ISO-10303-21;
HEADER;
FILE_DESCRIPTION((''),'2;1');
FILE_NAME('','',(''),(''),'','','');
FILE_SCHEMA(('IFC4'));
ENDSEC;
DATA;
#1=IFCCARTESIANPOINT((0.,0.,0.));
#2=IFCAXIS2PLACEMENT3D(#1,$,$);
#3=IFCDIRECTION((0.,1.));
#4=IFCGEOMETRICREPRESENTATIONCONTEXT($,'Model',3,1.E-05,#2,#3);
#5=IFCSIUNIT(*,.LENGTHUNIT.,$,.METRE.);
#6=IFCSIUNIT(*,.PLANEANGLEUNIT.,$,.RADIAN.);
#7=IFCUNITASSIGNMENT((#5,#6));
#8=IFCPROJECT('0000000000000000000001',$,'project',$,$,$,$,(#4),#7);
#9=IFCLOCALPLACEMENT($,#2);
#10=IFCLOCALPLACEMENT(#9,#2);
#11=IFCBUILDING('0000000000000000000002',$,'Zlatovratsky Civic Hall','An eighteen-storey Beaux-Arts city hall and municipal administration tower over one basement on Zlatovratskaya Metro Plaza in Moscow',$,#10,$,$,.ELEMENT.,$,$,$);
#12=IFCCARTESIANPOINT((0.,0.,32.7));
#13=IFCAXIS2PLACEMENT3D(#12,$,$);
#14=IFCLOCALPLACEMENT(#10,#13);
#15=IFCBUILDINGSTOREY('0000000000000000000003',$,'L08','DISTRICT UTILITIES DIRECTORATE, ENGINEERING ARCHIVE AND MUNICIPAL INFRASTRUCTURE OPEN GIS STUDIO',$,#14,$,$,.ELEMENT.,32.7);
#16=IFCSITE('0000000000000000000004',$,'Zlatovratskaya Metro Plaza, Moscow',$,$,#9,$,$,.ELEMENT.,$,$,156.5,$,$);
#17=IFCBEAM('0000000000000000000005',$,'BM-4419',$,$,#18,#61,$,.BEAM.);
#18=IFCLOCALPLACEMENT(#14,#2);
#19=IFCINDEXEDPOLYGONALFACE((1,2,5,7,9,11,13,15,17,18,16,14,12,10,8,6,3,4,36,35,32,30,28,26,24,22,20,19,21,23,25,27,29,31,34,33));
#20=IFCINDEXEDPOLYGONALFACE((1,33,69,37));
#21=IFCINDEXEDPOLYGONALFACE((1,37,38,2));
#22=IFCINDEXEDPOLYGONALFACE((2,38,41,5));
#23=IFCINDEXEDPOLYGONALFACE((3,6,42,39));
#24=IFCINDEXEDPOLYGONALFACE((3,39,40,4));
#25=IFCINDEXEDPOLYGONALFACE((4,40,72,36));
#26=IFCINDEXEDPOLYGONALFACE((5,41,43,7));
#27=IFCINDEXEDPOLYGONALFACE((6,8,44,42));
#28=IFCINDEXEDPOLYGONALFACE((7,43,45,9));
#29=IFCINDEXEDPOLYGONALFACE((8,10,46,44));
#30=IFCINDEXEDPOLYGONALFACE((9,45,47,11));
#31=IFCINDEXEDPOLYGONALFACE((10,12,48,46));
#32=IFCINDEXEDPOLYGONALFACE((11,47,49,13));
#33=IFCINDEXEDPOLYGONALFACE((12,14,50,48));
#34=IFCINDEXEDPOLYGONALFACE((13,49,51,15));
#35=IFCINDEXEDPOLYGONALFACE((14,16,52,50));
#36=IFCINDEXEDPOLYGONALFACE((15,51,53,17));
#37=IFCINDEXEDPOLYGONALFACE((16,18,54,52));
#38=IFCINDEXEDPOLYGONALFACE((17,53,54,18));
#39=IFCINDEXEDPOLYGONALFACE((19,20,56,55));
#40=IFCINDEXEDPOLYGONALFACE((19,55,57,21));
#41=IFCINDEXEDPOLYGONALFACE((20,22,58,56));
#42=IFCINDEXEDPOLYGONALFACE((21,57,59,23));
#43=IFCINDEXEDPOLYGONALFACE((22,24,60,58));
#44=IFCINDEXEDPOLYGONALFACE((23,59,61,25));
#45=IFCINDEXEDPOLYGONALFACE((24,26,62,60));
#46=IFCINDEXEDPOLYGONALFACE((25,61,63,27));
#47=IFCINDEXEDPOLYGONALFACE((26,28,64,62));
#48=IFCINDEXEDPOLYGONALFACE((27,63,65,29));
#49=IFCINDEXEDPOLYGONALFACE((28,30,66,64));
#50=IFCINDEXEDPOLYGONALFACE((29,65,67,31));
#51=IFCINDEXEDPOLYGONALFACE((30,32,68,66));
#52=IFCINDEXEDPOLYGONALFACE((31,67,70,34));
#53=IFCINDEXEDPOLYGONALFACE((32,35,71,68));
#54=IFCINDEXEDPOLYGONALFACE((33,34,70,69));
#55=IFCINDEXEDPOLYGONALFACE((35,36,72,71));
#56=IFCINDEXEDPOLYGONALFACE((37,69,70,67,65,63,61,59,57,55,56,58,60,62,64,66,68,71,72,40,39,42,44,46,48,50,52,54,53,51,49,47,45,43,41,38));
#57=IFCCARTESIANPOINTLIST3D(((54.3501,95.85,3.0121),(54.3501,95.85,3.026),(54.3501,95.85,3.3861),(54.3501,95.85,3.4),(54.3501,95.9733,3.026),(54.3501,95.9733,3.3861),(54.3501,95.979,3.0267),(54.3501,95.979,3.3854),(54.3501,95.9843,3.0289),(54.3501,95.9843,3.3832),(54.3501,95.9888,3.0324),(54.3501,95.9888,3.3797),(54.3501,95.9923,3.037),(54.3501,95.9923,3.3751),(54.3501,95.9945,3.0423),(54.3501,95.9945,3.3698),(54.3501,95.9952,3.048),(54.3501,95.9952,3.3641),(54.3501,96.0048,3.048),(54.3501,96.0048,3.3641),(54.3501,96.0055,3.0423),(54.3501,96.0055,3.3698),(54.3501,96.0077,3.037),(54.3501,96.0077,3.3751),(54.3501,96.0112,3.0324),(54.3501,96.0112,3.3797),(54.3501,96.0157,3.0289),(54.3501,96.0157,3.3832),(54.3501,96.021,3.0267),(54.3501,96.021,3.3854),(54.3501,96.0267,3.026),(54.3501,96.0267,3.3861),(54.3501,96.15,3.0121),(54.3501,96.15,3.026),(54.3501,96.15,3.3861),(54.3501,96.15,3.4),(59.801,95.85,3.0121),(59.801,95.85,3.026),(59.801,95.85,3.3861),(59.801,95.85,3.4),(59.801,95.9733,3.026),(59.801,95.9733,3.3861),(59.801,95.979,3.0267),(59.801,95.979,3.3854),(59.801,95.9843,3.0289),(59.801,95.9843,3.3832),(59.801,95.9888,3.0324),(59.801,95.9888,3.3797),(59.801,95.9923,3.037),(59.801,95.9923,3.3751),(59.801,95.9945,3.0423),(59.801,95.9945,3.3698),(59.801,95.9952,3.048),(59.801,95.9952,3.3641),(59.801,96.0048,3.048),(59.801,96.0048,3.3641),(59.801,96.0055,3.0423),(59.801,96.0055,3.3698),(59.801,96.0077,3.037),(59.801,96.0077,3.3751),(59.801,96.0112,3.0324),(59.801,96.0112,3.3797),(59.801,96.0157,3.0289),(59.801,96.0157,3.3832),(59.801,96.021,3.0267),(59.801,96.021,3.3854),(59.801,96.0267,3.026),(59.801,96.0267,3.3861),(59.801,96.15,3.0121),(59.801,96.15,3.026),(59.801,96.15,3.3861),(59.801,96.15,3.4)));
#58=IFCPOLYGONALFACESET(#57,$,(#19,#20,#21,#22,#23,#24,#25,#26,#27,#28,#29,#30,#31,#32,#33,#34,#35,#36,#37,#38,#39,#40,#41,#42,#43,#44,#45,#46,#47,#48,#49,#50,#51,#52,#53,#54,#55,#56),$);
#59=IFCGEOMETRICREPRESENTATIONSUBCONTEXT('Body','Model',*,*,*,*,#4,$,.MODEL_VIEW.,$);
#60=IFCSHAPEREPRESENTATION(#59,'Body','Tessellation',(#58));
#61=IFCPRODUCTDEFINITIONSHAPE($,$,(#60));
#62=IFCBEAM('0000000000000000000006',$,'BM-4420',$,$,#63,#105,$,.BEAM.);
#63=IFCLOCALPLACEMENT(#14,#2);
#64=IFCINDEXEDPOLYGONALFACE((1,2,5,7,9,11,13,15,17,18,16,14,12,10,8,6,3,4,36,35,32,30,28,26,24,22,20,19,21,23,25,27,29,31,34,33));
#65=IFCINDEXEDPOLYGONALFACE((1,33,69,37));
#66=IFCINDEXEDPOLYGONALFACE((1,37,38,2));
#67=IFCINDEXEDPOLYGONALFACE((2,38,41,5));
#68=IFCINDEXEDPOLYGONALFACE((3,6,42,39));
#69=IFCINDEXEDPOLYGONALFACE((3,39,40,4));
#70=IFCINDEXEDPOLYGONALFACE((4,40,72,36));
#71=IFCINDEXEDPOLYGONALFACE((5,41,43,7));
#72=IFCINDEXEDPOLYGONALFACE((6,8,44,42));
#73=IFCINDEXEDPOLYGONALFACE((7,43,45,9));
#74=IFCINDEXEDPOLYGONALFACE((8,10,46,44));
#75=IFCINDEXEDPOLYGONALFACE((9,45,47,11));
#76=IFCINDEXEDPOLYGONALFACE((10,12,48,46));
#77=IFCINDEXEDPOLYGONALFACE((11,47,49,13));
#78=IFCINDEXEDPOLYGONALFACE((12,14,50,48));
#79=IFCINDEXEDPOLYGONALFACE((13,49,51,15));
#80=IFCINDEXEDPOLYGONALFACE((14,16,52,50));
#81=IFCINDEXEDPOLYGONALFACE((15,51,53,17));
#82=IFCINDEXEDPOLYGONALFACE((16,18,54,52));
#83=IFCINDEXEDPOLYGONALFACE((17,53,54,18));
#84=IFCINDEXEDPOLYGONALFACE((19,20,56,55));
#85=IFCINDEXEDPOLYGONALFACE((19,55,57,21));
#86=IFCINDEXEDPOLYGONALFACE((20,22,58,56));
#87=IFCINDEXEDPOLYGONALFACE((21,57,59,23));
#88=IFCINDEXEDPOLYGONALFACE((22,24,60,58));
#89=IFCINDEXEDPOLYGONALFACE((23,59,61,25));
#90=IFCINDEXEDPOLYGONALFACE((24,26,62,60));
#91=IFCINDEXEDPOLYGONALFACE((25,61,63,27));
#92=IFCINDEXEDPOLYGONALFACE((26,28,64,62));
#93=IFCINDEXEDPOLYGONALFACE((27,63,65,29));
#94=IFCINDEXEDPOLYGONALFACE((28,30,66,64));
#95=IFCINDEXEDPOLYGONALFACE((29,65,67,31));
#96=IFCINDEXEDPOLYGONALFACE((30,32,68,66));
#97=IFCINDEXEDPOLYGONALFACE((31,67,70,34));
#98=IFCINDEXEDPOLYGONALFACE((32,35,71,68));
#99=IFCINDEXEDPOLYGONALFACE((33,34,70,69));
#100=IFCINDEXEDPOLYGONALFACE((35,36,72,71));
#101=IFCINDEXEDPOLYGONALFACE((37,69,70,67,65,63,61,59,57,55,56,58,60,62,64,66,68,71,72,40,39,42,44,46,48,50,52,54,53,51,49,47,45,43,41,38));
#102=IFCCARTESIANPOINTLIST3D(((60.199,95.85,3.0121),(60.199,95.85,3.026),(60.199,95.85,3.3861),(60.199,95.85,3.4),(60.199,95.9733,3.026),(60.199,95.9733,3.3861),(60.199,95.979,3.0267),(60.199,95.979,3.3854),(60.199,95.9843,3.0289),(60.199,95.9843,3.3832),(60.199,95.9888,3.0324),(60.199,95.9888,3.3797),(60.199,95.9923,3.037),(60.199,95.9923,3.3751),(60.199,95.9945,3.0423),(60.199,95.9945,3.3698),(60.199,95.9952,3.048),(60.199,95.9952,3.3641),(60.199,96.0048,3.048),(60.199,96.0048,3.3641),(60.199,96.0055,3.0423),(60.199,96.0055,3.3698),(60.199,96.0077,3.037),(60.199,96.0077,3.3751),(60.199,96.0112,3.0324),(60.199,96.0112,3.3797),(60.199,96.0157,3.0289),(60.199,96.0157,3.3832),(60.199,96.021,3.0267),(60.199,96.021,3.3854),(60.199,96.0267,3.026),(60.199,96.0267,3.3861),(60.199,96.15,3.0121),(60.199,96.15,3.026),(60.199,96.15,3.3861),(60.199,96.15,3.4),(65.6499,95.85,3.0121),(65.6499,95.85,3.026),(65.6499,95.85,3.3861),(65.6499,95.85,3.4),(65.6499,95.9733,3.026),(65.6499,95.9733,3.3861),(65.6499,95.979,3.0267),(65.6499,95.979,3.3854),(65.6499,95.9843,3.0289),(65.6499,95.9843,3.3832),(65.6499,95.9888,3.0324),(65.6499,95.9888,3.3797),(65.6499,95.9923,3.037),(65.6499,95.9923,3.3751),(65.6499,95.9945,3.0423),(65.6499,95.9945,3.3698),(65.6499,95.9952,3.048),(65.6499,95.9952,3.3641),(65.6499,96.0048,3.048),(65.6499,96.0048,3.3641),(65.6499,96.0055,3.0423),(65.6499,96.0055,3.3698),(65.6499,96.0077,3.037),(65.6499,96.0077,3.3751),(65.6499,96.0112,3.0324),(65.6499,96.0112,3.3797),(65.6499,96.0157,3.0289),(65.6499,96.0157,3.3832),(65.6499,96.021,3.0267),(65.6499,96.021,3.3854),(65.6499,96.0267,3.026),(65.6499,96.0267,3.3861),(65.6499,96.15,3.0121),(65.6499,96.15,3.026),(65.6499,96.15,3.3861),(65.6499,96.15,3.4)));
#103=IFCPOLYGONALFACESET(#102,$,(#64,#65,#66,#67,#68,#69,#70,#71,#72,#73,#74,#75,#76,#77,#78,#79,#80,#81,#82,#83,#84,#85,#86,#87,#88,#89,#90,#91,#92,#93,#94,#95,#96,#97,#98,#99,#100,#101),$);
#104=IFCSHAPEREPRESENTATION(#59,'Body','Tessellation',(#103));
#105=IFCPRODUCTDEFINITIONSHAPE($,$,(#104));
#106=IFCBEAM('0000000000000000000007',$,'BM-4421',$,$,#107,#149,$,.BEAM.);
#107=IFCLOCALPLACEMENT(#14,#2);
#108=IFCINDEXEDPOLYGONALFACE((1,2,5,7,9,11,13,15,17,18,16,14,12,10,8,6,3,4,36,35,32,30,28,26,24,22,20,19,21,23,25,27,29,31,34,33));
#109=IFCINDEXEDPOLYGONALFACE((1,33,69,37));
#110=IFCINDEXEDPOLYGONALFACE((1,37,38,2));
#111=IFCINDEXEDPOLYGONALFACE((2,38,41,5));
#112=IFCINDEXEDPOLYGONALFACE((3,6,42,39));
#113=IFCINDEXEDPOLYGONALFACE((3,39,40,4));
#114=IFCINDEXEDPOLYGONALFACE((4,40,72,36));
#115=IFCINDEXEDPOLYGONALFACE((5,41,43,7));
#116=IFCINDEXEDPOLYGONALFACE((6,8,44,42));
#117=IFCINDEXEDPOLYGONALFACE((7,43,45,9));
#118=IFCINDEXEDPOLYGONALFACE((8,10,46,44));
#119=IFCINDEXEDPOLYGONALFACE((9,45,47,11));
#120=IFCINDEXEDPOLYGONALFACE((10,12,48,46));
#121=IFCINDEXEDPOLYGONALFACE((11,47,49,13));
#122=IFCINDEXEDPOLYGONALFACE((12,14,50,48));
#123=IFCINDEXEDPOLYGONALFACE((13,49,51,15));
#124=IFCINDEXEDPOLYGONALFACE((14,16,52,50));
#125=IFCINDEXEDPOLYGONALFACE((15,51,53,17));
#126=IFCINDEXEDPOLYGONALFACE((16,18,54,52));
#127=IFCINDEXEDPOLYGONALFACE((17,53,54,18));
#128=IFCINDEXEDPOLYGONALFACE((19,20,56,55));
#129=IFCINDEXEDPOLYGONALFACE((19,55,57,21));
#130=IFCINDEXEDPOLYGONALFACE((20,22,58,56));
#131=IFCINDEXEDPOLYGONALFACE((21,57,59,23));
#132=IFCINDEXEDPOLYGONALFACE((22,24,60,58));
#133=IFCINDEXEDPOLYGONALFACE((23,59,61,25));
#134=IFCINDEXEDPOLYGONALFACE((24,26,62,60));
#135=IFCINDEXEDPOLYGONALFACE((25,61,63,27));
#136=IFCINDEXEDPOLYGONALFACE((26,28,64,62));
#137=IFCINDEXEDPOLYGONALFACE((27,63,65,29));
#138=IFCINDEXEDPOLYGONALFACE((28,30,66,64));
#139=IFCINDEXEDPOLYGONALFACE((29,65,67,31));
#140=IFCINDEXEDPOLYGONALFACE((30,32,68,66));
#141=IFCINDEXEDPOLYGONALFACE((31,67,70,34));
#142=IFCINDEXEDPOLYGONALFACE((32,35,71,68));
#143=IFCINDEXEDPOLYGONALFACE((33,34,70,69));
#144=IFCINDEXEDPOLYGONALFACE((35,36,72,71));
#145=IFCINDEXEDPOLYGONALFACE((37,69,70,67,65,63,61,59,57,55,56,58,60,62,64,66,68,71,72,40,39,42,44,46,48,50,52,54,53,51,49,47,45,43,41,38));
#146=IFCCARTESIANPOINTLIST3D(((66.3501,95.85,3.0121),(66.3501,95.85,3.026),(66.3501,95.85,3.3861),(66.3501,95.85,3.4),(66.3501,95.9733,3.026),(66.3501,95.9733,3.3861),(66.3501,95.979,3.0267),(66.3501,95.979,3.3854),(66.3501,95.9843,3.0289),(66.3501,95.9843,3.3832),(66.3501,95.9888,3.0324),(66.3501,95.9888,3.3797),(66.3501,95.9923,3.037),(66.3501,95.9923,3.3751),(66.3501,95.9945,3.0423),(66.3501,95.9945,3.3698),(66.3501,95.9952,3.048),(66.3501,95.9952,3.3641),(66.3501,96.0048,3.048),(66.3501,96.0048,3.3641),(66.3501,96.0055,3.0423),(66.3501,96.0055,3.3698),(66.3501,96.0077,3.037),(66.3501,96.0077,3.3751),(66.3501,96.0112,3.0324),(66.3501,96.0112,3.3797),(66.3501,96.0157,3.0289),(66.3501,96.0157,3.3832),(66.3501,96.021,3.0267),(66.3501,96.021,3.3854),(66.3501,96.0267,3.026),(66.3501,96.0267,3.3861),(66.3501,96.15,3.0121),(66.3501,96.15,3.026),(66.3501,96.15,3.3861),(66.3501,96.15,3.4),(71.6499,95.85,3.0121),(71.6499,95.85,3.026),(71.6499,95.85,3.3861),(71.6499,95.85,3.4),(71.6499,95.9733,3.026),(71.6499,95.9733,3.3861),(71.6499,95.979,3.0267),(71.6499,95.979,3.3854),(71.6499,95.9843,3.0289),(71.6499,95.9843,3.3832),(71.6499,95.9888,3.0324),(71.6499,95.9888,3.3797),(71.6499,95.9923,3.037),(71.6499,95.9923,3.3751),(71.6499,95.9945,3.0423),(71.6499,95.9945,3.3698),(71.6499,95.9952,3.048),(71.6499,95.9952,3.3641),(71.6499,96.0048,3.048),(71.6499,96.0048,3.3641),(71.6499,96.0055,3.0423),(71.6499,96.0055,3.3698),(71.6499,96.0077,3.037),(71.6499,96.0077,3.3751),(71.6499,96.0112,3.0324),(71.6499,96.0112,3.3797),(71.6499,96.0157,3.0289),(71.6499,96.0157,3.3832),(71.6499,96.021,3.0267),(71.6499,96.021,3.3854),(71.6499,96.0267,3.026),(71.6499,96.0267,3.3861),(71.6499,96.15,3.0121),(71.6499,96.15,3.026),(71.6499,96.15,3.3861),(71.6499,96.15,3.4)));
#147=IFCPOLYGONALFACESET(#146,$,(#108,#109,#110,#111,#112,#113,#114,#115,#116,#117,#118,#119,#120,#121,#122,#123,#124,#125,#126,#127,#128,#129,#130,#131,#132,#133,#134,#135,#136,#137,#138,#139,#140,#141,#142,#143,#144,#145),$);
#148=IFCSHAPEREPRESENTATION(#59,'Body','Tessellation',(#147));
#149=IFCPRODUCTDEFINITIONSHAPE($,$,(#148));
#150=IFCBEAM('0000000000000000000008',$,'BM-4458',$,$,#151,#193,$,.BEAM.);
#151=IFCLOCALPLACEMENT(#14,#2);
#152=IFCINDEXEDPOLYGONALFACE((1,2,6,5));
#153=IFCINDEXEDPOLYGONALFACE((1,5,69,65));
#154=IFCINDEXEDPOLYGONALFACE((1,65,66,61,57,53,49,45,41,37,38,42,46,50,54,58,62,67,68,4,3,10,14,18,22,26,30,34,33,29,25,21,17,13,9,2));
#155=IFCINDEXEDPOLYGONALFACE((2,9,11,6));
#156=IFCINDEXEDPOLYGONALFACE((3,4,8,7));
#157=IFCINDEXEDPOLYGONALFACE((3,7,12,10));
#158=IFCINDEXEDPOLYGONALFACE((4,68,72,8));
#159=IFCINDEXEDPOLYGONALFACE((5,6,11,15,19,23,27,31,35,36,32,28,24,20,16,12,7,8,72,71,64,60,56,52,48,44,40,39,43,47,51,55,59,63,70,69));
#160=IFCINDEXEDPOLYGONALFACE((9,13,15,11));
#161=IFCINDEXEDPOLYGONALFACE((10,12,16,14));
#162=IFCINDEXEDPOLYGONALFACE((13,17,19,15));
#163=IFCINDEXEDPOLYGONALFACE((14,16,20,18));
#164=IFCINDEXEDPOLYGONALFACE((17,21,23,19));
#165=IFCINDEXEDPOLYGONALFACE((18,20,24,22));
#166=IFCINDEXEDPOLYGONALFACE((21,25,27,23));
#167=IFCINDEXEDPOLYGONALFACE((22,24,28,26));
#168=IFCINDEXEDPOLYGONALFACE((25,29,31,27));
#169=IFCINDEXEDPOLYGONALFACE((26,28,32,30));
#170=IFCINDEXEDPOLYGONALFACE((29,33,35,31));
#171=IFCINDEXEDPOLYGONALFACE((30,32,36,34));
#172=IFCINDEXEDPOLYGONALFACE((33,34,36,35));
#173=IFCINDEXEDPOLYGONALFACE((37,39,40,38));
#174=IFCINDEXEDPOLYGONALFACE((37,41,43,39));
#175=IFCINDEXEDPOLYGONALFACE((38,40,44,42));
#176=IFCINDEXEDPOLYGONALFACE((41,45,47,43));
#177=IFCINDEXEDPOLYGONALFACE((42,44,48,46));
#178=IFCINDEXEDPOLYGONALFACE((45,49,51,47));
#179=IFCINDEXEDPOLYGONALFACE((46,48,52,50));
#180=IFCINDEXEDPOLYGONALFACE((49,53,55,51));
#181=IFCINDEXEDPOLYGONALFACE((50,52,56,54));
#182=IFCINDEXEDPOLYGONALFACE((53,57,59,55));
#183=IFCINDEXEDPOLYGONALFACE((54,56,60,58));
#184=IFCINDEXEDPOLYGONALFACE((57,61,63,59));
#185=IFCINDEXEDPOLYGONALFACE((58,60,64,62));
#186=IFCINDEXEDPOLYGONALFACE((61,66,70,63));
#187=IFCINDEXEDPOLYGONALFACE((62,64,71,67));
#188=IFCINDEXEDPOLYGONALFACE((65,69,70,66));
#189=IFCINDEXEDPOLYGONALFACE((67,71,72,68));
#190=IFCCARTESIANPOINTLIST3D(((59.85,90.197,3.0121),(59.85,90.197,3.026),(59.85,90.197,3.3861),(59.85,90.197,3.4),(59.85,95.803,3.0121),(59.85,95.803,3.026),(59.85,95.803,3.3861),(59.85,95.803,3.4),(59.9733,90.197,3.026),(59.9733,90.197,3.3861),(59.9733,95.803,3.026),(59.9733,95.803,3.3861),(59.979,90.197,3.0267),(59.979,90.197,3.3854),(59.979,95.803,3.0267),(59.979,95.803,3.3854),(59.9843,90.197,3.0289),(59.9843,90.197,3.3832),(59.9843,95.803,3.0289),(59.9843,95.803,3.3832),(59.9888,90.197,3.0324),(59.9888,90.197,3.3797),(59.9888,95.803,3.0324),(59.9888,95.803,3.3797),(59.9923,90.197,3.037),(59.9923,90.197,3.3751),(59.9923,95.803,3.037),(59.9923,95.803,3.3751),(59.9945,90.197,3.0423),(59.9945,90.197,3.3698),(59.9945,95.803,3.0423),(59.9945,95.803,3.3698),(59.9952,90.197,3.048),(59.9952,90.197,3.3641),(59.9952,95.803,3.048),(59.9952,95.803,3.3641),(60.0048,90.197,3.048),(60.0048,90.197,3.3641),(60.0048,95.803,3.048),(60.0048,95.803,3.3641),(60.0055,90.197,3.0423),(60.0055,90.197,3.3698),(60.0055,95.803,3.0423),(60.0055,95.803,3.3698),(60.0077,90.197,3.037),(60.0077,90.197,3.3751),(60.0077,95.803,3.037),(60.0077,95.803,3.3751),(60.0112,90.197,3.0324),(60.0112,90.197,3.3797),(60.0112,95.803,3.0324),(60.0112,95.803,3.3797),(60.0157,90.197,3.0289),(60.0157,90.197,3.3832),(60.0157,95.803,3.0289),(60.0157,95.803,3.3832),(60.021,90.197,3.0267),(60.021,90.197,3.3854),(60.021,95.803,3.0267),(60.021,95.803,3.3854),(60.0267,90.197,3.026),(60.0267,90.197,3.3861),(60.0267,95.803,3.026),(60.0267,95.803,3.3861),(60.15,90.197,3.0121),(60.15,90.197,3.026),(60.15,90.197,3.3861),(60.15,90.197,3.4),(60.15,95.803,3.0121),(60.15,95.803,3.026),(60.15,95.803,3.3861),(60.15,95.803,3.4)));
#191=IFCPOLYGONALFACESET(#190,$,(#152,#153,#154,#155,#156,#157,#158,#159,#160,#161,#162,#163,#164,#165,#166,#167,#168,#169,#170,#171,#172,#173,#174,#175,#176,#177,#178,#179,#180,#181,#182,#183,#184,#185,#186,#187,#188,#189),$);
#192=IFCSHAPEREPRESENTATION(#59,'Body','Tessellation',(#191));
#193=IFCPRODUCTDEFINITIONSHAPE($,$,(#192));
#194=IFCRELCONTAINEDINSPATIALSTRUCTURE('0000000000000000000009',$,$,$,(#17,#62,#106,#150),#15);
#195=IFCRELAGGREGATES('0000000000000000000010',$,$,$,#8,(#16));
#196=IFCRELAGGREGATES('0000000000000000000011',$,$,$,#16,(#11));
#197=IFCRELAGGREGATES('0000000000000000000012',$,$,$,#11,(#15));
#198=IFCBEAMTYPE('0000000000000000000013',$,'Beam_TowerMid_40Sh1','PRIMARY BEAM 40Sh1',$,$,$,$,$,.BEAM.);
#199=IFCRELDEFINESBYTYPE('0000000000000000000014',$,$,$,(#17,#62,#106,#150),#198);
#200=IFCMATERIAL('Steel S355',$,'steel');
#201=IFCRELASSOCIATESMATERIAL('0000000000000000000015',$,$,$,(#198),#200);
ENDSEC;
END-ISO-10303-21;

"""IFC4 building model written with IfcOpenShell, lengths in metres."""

from ifc_helpers import new_model, si_unit, direction, frame, origin, origin_2d, place, context, subcontext, project, spatial, i_section, extrude, material, material_profile, profile_set, type_object, element, save


model = new_model("IFC4")

# Units and contexts
model_context = context("Model", 3, precision=1e-05, world=origin(), true_north=direction((0.0, 1.0)))
body_context = subcontext(model_context, "Body", "Model", "MODEL_VIEW")
ifc_project = project(units=[si_unit("LENGTHUNIT", "METRE"), si_unit("PLANEANGLEUNIT", "RADIAN")], contexts=[model_context])

# Site, building, storey
site_placement = place(None, origin())
site = spatial("IfcSite", under=ifc_project, at=site_placement, Name="Zlatovratskaya Metro Plaza, Moscow", CompositionType="ELEMENT", RefElevation=156.5)
building_placement = place(site_placement, origin())
building = spatial("IfcBuilding", under=site, at=building_placement, Name="Zlatovratsky Civic Hall", Description="An eighteen-storey Beaux-Arts city hall and municipal administration tower over one basement on Zlatovratskaya Metro Plaza in Moscow", CompositionType="ELEMENT")
storey_placement = place(building_placement, frame((0.0, 0.0, 32.7)))
storey = spatial("IfcBuildingStorey", under=building, at=storey_placement, Name="L08", Description="DISTRICT UTILITIES DIRECTORATE, ENGINEERING ARCHIVE AND MUNICIPAL INFRASTRUCTURE OPEN GIS STUDIO", CompositionType="ELEMENT", Elevation=32.7)

# Shared definitions
ifc_material_1 = material(Name="Steel S355", Category="steel")

# Beams
ifc_material_profile_1 = material_profile(ifc_material_1, i_section(OverallWidth=0.3, OverallDepth=0.3879, WebThickness=0.0095, FlangeThickness=0.0139, FilletRadius=0.022, at=origin_2d()), Name="40Sh1")
ifc_profile_set_1 = profile_set([ifc_material_profile_1], Name="Steel S355")
beam_type_1 = type_object("IfcBeamType", Name="Beam_TowerMid_40Sh1", Description="PRIMARY BEAM 40Sh1", PredefinedType="BEAM", material=ifc_profile_set_1)
for number, where, z_axis, x_axis, name in (
    (1, (54.3501, 96.0, 3.2061), (1.0, 0.0, 0.0), (0.0, 1.0, 0.0), "BM-4419"),
    (2, (60.199, 96.0, 3.2061), (1.0, 0.0, 0.0), (0.0, 1.0, 0.0), "BM-4420"),
):
    element("IfcBeam", number, at=place(storey_placement, frame(where, z_axis=z_axis, x_axis=x_axis)), inside=storey, type_object=beam_type_1, Name=name, PredefinedType="BEAM", context=body_context, shape_type="SweptSolid", body=[
        extrude(i_section(OverallWidth=0.3, OverallDepth=0.3879, WebThickness=0.0095, FlangeThickness=0.0139, FilletRadius=0.022, at=origin_2d()), origin(), (0.0, 0.0, 1.0), 5.4509),
    ])
beam_1_placement = place(storey_placement, frame((66.3501, 96.0, 3.2061), z_axis=(1.0, 0.0, 0.0), x_axis=(0.0, 1.0, 0.0)))
element("IfcBeam", 3, at=beam_1_placement, inside=storey, type_object=beam_type_1, Name="BM-4421", PredefinedType="BEAM", context=body_context, shape_type="SweptSolid", body=[
    extrude(i_section(OverallWidth=0.3, OverallDepth=0.3879, WebThickness=0.0095, FlangeThickness=0.0139, FilletRadius=0.022, at=origin_2d()), origin(), (0.0, 0.0, 1.0), 5.2998),
])
for number, where, z_axis, x_axis, name in (
    (4, (60.0, 90.197, 3.2061), (0.0, 1.0, 0.0), (-1.0, 0.0, 0.0), "BM-4458"),
):
    element("IfcBeam", number, at=place(storey_placement, frame(where, z_axis=z_axis, x_axis=x_axis)), inside=storey, type_object=beam_type_1, Name=name, PredefinedType="BEAM", context=body_context, shape_type="SweptSolid", body=[
        extrude(i_section(OverallWidth=0.3, OverallDepth=0.3879, WebThickness=0.0095, FlangeThickness=0.0139, FilletRadius=0.022, at=origin_2d()), origin(), (0.0, 0.0, 1.0), 5.606),
    ])

save(model, "model.ifc")
